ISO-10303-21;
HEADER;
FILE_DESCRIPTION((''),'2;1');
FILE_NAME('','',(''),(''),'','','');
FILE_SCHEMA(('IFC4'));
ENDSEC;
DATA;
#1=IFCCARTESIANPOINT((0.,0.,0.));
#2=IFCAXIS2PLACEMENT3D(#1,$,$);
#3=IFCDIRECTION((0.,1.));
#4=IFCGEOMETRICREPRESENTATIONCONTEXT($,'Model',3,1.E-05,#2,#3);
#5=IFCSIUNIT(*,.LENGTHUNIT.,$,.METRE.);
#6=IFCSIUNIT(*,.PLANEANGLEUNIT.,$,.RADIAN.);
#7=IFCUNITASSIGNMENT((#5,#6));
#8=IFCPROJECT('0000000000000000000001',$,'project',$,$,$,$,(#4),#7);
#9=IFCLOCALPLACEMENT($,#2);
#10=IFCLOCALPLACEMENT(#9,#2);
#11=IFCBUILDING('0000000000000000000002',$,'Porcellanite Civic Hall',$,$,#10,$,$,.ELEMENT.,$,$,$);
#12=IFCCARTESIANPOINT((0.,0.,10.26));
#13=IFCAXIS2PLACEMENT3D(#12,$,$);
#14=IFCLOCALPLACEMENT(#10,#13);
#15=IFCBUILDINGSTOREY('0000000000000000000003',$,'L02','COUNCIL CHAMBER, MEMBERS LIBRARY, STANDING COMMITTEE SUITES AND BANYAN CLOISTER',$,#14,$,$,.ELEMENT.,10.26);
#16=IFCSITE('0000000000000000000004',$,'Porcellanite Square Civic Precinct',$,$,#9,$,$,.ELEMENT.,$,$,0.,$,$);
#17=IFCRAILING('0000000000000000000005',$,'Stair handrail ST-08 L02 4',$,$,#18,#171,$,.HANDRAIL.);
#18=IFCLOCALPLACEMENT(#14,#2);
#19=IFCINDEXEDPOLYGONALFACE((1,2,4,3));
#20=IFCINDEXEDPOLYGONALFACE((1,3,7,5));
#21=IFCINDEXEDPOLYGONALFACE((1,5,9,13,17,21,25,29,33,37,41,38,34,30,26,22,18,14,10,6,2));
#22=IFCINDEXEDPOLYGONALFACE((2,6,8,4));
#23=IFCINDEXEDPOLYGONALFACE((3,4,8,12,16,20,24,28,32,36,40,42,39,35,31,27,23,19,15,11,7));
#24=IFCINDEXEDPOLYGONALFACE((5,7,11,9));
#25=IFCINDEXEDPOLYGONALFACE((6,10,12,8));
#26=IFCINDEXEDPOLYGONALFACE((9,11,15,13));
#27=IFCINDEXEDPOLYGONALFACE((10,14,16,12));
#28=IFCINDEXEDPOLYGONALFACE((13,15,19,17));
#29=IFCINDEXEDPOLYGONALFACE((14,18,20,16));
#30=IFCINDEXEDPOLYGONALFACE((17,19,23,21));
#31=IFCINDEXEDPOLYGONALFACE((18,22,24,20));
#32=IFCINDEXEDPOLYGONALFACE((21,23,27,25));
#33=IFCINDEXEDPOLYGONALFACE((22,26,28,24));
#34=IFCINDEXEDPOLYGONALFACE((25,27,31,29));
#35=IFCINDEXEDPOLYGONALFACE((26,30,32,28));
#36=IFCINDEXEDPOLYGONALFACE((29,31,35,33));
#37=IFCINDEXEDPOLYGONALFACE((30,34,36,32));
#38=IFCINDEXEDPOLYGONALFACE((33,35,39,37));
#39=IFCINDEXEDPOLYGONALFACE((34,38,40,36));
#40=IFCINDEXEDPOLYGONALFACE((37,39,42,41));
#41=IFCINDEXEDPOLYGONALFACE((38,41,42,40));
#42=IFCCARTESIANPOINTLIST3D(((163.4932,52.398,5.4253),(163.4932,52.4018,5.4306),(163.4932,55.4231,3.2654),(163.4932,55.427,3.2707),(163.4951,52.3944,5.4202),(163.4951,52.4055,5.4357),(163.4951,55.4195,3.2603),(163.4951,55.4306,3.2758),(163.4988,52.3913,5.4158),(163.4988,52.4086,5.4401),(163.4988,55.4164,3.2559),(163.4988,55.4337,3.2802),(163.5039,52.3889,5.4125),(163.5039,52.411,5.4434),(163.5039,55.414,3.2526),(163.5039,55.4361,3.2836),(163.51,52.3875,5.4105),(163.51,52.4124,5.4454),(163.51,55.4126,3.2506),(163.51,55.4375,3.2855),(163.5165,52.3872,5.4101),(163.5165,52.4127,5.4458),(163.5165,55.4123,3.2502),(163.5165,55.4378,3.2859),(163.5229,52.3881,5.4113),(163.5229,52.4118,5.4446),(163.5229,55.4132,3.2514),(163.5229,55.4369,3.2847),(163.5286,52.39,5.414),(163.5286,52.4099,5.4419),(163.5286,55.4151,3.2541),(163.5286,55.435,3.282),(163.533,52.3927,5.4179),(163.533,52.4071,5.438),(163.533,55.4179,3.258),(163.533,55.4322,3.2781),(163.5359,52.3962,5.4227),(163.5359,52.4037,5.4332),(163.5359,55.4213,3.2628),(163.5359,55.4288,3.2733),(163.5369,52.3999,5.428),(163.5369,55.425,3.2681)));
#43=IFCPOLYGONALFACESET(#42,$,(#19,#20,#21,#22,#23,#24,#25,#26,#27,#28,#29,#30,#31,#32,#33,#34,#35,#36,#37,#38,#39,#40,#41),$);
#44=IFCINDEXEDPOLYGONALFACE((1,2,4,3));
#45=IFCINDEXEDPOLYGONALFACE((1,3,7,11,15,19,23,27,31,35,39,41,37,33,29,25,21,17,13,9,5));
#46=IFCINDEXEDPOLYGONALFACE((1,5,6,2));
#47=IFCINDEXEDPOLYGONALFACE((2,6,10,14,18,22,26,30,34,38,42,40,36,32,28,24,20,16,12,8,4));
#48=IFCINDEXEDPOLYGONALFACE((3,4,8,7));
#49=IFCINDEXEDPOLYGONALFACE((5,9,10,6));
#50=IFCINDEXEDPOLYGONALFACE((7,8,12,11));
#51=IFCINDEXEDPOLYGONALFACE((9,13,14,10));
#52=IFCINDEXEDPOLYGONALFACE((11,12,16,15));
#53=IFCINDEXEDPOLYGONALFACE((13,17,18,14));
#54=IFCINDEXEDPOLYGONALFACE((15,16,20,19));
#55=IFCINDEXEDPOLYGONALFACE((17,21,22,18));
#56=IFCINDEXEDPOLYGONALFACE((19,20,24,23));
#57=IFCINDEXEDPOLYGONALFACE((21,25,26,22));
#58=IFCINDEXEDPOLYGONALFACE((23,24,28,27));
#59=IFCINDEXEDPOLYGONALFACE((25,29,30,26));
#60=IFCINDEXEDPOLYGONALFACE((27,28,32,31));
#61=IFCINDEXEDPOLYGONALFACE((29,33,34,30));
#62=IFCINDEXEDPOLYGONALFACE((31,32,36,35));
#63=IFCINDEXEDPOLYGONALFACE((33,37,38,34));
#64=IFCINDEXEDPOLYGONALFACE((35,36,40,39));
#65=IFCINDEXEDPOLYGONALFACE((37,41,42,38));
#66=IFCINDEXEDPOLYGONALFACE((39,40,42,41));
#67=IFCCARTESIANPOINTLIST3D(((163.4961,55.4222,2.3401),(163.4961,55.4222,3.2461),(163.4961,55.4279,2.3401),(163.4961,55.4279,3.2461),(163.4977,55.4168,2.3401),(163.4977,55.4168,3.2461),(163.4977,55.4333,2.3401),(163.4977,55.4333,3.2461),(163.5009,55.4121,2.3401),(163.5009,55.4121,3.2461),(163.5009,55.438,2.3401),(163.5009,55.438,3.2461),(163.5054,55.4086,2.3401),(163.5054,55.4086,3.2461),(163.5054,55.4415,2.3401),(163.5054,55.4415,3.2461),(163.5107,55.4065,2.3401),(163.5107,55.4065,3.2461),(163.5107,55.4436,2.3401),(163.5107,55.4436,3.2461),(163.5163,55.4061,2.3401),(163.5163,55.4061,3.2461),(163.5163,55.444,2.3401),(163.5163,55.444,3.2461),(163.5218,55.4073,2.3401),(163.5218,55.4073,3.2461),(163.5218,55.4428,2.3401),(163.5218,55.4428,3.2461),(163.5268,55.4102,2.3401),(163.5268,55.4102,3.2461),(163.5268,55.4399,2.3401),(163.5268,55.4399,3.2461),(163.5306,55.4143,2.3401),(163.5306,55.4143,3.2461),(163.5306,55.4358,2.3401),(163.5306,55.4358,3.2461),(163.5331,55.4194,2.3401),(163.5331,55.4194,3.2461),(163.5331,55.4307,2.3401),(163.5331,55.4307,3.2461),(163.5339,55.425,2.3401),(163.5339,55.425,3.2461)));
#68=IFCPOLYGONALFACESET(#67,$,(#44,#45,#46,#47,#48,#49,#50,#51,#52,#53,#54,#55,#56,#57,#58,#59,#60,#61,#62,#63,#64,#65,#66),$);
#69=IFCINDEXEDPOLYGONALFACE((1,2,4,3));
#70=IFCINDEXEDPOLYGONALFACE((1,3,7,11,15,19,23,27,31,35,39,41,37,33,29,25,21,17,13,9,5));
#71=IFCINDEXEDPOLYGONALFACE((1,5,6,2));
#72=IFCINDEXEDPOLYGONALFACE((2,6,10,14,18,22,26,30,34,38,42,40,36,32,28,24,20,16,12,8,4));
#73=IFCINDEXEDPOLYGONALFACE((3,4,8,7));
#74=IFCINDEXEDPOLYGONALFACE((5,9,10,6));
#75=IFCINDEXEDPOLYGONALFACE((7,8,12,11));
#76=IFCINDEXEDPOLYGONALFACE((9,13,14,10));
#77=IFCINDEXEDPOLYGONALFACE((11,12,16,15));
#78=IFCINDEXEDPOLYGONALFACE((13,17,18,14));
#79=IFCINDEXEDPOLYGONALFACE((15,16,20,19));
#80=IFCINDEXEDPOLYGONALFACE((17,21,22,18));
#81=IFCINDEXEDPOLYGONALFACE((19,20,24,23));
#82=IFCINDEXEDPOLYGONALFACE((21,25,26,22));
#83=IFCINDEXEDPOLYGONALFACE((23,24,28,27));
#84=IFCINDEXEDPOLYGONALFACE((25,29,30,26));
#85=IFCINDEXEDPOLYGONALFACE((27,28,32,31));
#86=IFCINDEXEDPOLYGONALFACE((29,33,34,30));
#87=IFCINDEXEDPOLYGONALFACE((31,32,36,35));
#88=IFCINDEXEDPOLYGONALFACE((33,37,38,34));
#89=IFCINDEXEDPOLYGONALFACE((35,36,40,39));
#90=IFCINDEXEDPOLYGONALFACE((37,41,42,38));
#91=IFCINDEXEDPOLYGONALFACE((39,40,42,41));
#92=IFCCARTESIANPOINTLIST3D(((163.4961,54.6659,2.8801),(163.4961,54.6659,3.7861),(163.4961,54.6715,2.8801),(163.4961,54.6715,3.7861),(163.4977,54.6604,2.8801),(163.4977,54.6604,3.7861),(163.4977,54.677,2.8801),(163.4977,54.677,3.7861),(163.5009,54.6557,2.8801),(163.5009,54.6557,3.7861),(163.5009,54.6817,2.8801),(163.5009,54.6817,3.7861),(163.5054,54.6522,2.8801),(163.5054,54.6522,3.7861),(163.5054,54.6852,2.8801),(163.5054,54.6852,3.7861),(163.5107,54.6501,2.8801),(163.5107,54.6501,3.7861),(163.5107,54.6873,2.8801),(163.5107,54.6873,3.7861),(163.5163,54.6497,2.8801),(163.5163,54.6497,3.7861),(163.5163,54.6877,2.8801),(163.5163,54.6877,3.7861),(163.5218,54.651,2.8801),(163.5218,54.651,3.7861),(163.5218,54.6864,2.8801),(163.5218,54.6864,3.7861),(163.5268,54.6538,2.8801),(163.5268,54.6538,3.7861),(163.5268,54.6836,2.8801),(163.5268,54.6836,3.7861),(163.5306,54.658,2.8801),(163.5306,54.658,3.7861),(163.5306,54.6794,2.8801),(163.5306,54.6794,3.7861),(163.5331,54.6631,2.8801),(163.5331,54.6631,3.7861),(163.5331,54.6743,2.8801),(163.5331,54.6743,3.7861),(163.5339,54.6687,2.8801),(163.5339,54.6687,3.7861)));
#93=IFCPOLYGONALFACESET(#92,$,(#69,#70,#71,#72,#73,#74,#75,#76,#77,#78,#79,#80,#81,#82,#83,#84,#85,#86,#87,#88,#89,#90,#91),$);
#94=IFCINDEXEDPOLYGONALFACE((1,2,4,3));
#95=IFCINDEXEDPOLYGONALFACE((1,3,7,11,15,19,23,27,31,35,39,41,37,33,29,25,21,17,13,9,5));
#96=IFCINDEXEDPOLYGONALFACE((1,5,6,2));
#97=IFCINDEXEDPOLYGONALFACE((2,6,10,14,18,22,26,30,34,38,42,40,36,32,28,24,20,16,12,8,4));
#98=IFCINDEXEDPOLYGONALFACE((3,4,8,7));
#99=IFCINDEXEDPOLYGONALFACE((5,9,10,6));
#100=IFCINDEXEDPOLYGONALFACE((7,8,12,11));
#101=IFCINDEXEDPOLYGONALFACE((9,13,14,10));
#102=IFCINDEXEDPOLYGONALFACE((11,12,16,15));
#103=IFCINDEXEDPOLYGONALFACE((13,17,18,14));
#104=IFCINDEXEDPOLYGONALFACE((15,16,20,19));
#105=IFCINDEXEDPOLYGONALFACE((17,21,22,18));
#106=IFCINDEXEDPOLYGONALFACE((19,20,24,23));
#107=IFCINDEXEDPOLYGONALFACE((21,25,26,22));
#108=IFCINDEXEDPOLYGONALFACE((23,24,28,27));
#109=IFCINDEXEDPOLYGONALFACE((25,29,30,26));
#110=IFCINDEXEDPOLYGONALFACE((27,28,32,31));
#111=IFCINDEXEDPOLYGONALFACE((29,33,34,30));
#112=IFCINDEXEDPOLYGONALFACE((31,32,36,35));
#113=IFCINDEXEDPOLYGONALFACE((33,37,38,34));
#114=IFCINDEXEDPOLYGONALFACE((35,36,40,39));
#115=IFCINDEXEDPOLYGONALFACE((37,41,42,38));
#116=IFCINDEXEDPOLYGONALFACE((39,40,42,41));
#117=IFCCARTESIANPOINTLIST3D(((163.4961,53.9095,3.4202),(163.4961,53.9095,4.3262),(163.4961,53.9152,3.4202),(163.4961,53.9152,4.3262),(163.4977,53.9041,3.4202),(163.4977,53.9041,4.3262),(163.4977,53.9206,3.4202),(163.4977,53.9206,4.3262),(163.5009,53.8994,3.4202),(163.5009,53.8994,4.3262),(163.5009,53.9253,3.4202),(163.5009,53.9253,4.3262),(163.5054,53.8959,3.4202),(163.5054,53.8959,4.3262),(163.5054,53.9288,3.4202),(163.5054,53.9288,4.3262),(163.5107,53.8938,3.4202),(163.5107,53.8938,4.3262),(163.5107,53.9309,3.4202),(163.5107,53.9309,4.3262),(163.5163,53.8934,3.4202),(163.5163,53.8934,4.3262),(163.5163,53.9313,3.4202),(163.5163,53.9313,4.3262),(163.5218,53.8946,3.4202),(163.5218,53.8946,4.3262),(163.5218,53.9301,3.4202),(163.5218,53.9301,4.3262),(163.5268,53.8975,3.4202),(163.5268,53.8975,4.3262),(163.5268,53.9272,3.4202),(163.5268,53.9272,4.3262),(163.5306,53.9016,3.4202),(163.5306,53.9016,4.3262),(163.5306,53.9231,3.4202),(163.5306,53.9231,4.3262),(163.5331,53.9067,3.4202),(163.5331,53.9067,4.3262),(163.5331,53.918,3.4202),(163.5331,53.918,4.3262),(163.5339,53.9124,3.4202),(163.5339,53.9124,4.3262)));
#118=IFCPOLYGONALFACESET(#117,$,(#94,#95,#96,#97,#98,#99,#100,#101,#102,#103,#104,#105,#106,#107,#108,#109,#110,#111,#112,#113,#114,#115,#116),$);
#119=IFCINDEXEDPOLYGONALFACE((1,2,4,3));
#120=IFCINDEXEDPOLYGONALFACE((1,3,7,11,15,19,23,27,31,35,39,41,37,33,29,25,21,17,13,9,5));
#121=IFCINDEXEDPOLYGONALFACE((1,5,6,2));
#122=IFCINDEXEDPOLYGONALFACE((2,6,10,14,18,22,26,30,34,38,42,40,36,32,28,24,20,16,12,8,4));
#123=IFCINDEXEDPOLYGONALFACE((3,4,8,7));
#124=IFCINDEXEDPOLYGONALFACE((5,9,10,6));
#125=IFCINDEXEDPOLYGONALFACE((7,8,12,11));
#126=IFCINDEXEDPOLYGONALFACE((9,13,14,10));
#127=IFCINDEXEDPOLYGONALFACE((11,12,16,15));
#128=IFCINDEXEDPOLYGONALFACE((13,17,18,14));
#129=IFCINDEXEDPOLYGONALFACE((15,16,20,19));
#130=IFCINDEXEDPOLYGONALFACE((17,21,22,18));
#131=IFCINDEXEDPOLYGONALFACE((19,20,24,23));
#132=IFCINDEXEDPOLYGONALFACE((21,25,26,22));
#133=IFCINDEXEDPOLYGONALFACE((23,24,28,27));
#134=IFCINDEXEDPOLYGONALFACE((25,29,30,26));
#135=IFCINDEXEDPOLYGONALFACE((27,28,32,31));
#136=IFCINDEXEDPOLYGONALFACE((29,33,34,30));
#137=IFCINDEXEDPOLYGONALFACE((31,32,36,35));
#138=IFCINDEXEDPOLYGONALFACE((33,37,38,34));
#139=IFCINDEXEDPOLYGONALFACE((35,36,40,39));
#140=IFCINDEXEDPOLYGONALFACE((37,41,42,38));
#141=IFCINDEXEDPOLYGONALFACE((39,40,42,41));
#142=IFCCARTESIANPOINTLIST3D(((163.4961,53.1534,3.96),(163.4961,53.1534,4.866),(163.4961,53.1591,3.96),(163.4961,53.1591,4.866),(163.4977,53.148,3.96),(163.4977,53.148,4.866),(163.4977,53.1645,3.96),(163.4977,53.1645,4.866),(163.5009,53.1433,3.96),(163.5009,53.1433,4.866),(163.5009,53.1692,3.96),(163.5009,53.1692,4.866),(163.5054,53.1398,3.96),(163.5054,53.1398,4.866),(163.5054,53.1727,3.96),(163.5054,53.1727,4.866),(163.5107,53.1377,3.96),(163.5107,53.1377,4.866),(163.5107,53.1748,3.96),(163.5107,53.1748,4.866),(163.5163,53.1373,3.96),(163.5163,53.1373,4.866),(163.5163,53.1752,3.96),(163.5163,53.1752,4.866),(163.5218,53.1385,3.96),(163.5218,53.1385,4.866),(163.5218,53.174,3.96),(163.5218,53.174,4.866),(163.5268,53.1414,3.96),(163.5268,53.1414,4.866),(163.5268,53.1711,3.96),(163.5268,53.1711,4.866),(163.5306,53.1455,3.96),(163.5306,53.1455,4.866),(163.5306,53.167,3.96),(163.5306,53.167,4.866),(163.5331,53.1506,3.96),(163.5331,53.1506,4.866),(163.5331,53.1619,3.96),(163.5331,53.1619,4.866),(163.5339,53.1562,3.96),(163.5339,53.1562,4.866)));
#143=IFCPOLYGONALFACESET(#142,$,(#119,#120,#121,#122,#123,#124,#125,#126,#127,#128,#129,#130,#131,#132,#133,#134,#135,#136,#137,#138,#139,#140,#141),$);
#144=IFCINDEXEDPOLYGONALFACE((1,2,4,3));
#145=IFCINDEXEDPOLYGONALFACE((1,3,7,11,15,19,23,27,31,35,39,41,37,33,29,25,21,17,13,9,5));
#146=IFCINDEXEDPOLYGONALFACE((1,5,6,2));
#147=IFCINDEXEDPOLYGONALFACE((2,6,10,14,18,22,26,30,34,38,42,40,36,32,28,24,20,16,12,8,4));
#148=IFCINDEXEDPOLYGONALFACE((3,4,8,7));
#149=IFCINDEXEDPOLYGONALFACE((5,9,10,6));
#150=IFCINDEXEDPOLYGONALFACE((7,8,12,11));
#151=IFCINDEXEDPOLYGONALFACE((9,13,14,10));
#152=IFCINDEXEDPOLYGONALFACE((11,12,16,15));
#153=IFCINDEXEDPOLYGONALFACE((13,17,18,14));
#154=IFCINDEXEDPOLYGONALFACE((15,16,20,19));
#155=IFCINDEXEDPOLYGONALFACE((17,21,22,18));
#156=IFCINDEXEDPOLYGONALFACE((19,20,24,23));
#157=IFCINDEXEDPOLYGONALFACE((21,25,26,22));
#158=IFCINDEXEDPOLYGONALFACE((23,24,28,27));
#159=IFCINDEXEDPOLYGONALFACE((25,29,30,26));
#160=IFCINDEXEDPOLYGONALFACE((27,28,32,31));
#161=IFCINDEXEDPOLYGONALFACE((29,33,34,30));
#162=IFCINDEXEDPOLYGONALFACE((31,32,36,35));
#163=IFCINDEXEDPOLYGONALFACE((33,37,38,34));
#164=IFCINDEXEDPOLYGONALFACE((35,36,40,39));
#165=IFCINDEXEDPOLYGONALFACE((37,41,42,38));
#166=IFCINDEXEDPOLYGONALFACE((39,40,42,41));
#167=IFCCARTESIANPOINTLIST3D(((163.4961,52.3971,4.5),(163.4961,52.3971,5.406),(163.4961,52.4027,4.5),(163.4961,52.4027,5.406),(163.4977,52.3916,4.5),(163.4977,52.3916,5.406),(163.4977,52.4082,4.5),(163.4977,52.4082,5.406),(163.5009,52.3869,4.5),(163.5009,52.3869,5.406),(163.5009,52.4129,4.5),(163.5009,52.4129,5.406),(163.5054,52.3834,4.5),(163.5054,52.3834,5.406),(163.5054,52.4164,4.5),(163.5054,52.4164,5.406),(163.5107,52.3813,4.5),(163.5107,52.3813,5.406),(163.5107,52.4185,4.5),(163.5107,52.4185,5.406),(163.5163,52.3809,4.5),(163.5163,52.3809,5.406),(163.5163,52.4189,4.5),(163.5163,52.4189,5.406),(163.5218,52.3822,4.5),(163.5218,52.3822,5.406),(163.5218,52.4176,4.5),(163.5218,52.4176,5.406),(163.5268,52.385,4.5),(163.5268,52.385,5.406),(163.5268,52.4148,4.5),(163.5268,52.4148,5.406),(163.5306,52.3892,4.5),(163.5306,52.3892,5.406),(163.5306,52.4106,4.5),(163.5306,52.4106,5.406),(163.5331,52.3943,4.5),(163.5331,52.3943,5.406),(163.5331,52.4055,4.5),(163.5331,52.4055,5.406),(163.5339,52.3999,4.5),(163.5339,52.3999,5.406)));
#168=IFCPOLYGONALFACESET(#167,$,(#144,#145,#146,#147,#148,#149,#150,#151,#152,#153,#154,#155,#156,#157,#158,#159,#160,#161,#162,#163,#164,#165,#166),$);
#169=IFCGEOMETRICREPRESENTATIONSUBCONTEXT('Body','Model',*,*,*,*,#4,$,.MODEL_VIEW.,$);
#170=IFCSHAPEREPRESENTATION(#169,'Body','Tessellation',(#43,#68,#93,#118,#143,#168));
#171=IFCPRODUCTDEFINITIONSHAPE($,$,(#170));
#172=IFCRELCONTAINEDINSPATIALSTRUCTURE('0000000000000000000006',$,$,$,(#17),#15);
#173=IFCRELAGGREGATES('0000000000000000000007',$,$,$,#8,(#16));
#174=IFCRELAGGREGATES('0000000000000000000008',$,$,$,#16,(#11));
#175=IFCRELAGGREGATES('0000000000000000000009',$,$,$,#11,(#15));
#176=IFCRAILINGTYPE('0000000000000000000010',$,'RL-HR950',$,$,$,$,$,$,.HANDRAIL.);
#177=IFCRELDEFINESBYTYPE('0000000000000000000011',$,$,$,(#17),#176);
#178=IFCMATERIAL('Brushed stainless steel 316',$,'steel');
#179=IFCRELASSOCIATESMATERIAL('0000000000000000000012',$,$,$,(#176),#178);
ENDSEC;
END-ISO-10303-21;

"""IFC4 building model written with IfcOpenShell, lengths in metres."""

from ifc_helpers import new_model, si_unit, direction, frame, origin, origin_2d, place, context, subcontext, project, spatial, circle, extrude, material, type_object, element, save


model = new_model("IFC4")

# Units and contexts
model_context = context("Model", 3, precision=1e-05, world=origin(), true_north=direction((0.0, 1.0)))
body_context = subcontext(model_context, "Body", "Model", "MODEL_VIEW")
ifc_project = project(units=[si_unit("LENGTHUNIT", "METRE"), si_unit("PLANEANGLEUNIT", "RADIAN")], contexts=[model_context])

# Site, building, storey
site_placement = place(None, origin())
site = spatial("IfcSite", under=ifc_project, at=site_placement, Name="Porcellanite Square Civic Precinct", CompositionType="ELEMENT", RefElevation=0.0)
building_placement = place(site_placement, origin())
building = spatial("IfcBuilding", under=site, at=building_placement, Name="Porcellanite Civic Hall", CompositionType="ELEMENT")
storey_placement = place(building_placement, frame((0.0, 0.0, 10.26)))
storey = spatial("IfcBuildingStorey", under=building, at=storey_placement, Name="L02", Description="COUNCIL CHAMBER, MEMBERS LIBRARY, STANDING COMMITTEE SUITES AND BANYAN CLOISTER", CompositionType="ELEMENT", Elevation=10.26)

# Railing
ifc_material_1 = material(Name="Brushed stainless steel 316", Category="steel")
railing_type_1 = type_object("IfcRailingType", Name="RL-HR950", PredefinedType="HANDRAIL", material=ifc_material_1)
railing_1_placement = place(storey_placement, frame((163.5149, 55.425, 2.3401)))
element("IfcRailing", 1, at=railing_1_placement, inside=storey, type_object=railing_type_1, Name="Stair handrail ST-08 L02 4", PredefinedType="HANDRAIL", context=body_context, shape_type="SweptSolid", body=[
    extrude(circle(Radius=0.022, at=origin_2d()), frame((0.0, 0.0, 0.928), z_axis=(0.0, -0.813849, 0.581077), x_axis=(1.0, 0.0, 0.0)), (0.0, 0.0, 1.0), 3.717),
    extrude(circle(Radius=0.019, at=origin_2d()), origin(), (0.0, 0.0, 1.0), 0.906),
    extrude(circle(Radius=0.019, at=origin_2d()), frame((0.0, -0.7563, 0.54)), (0.0, 0.0, 1.0), 0.906),
    extrude(circle(Radius=0.019, at=origin_2d()), frame((0.0, -1.5127, 1.0801)), (0.0, 0.0, 1.0), 0.906),
    extrude(circle(Radius=0.019, at=origin_2d()), frame((0.0, -2.2688, 1.6199)), (0.0, 0.0, 1.0), 0.906),
    extrude(circle(Radius=0.019, at=origin_2d()), frame((0.0, -3.0251, 2.1599)), (0.0, 0.0, 1.0), 0.906),
])

save(model, "model.ifc")
